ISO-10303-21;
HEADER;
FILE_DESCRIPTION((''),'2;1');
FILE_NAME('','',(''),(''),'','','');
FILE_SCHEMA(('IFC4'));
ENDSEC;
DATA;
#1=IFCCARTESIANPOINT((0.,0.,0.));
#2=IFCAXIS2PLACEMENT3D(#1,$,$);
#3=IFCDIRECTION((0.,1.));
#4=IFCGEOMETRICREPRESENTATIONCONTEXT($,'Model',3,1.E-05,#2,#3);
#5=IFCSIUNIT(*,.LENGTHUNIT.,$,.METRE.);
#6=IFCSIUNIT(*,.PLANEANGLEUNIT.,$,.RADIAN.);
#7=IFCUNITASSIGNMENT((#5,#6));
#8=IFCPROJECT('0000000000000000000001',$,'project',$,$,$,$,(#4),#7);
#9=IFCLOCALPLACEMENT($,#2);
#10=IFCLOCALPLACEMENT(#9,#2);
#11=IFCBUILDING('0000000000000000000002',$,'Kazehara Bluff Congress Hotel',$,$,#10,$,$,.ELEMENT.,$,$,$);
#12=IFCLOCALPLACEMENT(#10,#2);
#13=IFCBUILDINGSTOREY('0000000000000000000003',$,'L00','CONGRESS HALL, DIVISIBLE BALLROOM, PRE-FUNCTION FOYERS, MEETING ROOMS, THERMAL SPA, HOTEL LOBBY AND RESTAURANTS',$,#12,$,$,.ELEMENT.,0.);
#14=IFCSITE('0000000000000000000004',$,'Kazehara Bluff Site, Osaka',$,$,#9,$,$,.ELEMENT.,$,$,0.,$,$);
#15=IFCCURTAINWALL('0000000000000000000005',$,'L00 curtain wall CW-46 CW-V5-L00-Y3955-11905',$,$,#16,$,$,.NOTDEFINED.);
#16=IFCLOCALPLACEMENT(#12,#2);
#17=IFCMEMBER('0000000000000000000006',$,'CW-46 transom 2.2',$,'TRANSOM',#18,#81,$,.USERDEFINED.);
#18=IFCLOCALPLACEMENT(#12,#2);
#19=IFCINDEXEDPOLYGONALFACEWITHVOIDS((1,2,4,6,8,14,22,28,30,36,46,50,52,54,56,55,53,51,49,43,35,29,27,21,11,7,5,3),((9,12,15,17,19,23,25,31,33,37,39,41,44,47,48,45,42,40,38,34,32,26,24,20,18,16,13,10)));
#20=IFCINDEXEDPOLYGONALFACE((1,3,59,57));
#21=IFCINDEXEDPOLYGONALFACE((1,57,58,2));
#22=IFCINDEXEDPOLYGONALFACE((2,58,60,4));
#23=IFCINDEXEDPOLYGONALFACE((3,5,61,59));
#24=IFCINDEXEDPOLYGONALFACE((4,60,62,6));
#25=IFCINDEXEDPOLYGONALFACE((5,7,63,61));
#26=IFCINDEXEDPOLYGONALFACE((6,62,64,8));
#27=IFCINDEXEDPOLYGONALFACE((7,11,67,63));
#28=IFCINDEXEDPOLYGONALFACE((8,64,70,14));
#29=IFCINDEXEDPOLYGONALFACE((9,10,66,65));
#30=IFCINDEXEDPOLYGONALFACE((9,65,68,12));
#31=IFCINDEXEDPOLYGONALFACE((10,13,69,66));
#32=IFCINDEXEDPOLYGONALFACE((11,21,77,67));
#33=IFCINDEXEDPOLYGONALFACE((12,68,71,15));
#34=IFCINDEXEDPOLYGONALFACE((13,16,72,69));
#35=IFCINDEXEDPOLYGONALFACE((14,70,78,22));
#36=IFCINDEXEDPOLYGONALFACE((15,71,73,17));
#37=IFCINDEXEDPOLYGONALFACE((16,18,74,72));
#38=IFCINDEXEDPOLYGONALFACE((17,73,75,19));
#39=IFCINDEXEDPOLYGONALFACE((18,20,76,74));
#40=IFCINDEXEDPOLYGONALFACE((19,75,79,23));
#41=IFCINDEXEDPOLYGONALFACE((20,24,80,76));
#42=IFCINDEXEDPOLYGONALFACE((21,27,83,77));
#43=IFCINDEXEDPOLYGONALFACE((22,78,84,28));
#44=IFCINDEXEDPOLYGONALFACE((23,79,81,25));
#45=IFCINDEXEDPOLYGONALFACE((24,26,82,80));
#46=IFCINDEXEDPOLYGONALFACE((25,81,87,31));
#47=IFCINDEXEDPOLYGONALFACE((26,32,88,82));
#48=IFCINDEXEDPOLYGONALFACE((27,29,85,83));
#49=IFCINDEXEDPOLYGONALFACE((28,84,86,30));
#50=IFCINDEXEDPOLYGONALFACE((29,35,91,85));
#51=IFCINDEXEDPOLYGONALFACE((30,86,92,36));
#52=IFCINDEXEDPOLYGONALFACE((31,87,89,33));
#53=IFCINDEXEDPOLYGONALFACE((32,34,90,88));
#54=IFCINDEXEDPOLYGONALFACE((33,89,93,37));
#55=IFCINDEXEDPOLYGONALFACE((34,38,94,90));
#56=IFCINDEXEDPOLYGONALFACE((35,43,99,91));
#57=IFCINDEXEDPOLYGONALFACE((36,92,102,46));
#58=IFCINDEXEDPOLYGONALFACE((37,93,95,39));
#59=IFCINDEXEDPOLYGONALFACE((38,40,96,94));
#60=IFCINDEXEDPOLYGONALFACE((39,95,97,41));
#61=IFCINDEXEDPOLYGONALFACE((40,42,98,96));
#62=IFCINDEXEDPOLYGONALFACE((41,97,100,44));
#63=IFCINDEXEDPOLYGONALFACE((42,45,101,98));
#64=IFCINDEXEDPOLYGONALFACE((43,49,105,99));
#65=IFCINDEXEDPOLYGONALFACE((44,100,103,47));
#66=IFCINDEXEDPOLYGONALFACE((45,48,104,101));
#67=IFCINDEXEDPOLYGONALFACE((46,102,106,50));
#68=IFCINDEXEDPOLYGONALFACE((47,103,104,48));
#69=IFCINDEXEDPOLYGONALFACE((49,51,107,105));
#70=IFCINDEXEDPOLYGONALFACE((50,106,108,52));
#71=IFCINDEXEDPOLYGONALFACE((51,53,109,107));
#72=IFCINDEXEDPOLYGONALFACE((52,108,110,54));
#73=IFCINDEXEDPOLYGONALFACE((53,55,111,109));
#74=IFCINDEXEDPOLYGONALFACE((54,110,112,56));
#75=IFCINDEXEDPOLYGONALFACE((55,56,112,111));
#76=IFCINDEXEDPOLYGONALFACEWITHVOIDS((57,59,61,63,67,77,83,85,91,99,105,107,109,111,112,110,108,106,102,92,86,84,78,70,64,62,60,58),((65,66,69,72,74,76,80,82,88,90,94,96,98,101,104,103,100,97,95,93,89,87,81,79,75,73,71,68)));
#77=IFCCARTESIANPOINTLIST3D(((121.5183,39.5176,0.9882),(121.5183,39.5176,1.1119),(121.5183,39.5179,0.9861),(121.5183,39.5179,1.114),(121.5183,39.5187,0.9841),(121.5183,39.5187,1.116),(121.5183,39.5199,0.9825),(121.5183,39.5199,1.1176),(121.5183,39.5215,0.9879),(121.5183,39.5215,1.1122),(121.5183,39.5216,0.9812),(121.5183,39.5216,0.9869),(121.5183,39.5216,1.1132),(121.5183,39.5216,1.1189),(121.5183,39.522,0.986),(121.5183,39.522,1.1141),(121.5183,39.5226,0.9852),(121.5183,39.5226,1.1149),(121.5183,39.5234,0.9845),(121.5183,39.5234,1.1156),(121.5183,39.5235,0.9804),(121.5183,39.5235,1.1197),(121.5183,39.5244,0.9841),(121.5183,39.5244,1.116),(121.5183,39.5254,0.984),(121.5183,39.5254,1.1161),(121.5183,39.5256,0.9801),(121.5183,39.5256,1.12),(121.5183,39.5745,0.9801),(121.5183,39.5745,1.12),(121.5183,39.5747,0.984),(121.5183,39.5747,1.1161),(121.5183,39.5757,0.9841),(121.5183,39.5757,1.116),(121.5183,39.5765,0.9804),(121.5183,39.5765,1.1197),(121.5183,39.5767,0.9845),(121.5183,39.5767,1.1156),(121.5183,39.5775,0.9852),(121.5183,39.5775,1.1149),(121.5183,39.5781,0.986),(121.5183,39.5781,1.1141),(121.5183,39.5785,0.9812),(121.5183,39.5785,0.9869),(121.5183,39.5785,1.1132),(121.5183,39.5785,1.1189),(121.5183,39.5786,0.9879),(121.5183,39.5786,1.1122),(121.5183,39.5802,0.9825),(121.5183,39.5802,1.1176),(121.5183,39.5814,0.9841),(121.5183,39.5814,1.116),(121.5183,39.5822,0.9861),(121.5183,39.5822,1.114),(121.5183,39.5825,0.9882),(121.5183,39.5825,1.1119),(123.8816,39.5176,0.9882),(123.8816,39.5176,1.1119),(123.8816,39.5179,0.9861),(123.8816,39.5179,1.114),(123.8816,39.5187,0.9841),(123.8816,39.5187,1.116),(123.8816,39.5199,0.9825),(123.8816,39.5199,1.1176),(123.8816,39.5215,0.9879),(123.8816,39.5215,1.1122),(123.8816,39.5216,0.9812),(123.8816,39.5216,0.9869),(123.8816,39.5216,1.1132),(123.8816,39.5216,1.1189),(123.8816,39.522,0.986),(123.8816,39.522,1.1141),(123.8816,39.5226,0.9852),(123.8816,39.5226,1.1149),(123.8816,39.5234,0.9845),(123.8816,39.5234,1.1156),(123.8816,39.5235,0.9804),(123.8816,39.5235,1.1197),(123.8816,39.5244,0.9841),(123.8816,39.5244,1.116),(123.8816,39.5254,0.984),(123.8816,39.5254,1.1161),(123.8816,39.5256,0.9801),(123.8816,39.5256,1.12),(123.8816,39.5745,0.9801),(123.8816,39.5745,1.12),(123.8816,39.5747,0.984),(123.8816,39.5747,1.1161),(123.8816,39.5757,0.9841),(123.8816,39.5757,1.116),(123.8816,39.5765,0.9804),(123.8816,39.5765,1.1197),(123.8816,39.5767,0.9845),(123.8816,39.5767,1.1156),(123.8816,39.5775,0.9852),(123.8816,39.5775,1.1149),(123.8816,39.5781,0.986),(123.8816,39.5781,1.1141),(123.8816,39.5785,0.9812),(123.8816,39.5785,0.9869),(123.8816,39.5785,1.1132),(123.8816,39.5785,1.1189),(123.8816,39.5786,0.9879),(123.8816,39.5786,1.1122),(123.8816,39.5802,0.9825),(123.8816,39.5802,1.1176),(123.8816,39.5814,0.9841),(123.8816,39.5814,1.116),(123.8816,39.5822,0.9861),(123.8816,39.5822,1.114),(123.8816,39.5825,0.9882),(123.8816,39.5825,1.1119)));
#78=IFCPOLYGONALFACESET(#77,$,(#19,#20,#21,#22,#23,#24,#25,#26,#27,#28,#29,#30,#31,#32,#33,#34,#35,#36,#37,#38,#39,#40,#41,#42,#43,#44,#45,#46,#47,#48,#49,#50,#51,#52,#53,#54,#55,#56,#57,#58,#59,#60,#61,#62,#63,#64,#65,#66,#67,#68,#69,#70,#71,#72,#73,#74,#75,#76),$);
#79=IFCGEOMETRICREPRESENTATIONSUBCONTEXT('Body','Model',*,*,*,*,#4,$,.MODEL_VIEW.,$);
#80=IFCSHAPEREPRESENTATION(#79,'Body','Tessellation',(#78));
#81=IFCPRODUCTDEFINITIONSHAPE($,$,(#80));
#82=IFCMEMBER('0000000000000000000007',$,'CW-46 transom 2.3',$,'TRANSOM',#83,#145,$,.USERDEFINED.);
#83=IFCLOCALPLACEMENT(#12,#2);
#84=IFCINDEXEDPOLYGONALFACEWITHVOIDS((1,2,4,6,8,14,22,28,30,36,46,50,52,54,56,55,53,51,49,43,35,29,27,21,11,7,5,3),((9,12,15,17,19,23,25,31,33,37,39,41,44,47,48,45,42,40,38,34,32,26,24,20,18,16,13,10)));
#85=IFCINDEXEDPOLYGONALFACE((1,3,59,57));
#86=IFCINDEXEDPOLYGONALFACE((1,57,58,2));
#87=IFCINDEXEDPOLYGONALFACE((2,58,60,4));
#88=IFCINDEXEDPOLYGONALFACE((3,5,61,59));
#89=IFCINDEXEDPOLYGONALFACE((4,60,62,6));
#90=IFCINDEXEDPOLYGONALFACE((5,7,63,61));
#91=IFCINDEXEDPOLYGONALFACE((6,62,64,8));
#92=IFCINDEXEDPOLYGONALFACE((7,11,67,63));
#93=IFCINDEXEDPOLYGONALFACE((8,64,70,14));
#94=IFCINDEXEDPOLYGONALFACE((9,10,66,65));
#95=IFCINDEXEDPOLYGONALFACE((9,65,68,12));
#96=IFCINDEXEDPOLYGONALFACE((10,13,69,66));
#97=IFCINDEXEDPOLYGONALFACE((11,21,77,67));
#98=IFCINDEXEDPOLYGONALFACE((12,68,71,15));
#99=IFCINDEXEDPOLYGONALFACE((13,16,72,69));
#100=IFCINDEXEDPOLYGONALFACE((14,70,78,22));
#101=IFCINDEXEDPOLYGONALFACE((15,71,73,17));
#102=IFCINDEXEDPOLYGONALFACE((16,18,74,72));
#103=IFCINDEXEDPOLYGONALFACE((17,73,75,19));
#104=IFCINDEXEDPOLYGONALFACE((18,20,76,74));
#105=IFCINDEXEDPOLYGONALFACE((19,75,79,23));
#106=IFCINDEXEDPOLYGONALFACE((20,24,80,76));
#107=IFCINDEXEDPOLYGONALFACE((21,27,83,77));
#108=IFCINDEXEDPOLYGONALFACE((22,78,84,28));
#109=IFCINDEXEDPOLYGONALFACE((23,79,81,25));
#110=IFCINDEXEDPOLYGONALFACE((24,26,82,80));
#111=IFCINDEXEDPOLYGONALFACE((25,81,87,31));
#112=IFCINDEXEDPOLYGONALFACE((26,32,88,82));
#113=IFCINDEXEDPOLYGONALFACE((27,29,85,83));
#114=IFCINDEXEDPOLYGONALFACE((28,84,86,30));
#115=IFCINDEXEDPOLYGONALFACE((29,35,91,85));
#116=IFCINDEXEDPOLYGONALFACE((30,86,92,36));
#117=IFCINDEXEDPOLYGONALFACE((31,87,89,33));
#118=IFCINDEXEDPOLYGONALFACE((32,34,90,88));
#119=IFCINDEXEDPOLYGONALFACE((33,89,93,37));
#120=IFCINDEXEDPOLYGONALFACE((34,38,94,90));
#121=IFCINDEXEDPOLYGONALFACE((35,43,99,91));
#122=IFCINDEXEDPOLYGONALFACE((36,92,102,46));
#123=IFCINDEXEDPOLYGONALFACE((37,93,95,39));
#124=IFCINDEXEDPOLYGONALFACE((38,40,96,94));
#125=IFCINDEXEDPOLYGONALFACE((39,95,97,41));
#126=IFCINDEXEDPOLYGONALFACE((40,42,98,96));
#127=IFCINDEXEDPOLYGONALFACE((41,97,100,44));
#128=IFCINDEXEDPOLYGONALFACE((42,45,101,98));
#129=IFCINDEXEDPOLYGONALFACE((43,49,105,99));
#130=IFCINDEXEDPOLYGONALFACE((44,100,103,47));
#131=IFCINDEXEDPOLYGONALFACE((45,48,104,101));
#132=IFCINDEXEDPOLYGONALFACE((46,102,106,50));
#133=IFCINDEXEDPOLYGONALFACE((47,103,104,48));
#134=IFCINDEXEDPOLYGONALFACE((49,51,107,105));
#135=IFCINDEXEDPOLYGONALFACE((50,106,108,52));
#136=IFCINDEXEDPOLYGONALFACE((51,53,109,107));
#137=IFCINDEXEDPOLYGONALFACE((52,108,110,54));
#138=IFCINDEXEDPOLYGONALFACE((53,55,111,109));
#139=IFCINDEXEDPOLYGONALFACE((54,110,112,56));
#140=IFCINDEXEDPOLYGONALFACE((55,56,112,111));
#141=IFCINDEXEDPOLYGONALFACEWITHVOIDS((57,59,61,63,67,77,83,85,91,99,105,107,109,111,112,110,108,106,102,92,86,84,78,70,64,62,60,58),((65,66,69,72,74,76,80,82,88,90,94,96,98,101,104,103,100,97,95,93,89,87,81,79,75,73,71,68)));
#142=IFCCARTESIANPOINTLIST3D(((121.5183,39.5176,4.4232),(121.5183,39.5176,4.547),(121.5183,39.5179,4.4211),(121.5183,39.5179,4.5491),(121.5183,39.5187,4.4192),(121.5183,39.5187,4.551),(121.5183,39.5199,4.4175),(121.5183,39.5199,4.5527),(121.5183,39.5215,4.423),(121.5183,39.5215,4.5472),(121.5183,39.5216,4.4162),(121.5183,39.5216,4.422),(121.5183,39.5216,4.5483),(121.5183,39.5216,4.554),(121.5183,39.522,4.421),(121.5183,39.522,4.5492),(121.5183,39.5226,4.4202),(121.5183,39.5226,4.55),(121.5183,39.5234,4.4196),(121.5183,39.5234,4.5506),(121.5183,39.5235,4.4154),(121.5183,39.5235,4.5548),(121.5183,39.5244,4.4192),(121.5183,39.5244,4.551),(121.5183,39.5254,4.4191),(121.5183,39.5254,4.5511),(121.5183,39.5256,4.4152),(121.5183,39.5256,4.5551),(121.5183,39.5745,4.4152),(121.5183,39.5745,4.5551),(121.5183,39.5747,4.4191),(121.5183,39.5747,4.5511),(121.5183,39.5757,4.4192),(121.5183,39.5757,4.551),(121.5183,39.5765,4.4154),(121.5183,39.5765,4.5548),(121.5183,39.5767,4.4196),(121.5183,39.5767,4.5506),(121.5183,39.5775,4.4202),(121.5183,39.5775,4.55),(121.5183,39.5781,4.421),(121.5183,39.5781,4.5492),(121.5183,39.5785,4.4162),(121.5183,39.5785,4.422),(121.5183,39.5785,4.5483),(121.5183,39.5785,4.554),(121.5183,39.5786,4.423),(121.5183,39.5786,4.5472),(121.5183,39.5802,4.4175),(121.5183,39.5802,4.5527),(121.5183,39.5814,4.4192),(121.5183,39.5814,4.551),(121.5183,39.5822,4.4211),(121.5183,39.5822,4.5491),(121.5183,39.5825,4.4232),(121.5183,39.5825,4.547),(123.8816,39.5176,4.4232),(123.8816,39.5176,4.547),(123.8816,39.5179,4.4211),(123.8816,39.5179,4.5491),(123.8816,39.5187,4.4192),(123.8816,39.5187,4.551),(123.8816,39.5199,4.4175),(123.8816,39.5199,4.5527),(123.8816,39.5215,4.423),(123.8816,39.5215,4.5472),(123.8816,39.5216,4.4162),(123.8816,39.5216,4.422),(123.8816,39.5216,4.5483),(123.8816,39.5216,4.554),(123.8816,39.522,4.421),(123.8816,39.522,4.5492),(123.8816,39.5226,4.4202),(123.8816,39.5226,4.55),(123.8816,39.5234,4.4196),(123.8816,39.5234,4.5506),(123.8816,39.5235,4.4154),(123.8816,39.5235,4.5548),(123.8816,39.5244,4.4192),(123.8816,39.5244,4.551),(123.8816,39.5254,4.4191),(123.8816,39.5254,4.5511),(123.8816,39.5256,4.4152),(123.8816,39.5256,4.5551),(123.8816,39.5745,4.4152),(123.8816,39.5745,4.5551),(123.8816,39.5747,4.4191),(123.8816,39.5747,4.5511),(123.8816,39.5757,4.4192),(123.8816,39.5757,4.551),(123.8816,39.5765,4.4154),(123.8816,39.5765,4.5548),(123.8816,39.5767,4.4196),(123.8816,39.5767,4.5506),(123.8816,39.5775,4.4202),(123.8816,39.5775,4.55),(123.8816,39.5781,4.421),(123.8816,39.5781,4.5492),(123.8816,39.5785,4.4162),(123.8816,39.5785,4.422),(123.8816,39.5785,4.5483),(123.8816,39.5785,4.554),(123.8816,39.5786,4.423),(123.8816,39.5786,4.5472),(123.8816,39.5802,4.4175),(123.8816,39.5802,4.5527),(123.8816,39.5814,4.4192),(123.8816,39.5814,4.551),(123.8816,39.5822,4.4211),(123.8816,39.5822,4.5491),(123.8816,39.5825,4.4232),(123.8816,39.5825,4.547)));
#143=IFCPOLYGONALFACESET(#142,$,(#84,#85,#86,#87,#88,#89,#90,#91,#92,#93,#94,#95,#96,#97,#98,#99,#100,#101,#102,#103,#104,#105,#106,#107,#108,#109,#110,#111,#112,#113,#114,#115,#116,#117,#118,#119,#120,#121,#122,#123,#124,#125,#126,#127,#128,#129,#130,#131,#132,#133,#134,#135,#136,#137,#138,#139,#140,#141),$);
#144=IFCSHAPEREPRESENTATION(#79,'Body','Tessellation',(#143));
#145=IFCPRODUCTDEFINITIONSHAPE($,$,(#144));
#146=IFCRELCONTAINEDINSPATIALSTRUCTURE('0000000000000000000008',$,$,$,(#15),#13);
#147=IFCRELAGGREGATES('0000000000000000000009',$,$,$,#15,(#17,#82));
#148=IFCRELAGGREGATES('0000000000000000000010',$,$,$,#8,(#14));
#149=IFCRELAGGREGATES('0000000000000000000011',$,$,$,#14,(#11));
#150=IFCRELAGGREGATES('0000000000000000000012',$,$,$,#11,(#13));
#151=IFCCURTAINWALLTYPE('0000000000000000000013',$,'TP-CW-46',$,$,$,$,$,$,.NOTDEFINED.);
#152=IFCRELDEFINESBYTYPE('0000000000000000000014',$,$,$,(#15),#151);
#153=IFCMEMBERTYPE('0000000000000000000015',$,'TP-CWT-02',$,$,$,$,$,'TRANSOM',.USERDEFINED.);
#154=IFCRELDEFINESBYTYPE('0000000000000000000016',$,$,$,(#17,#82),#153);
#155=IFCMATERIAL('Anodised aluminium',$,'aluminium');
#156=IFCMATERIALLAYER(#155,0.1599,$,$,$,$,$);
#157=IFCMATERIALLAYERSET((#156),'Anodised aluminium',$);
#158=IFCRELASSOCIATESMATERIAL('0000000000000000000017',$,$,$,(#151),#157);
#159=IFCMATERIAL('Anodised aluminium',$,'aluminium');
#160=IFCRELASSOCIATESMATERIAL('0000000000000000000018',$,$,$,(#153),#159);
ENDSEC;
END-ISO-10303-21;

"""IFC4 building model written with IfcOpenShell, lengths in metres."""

from ifc_helpers import new_model, si_unit, direction, frame, origin, origin_2d, place, context, subcontext, project, spatial, hollow_rectangle, extrude, material, layer, layer_set, material_profile, profile_set, type_object, element, aggregate, save


model = new_model("IFC4")

# Units and contexts
model_context = context("Model", 3, precision=1e-05, world=origin(), true_north=direction((0.0, 1.0)))
body_context = subcontext(model_context, "Body", "Model", "MODEL_VIEW")
ifc_project = project(units=[si_unit("LENGTHUNIT", "METRE"), si_unit("PLANEANGLEUNIT", "RADIAN")], contexts=[model_context])

# Site, building, storey
site_placement = place(None, origin())
site = spatial("IfcSite", under=ifc_project, at=site_placement, Name="Kazehara Bluff Site, Osaka", CompositionType="ELEMENT", RefElevation=0.0)
building_placement = place(site_placement, origin())
building = spatial("IfcBuilding", under=site, at=building_placement, Name="Kazehara Bluff Congress Hotel", CompositionType="ELEMENT")
storey_placement = place(building_placement, origin())
storey = spatial("IfcBuildingStorey", under=building, at=storey_placement, Name="L00", Description="CONGRESS HALL, DIVISIBLE BALLROOM, PRE-FUNCTION FOYERS, MEETING ROOMS, THERMAL SPA, HOTEL LOBBY AND RESTAURANTS", CompositionType="ELEMENT", Elevation=0.0)

# Curtain wall, members
ifc_material_1 = material(Name="Anodised aluminium", Category="aluminium")
ifc_layer_1 = layer(ifc_material_1, 0.1599)
ifc_layer_set_1 = layer_set([ifc_layer_1], Name="Anodised aluminium")
curtain_wall_type = type_object("IfcCurtainWallType", Name="TP-CW-46", PredefinedType="NOTDEFINED", material=ifc_layer_set_1)
curtain_wall_placement = place(storey_placement, origin())
curtain_wall = element("IfcCurtainWall", 1, at=curtain_wall_placement, inside=storey, type_object=curtain_wall_type, Name="L00 curtain wall CW-46 CW-V5-L00-Y3955-11905", PredefinedType="NOTDEFINED")
ifc_material_2 = material(Name="Anodised aluminium", Category="aluminium")
ifc_material_profile_1 = material_profile(ifc_material_2, hollow_rectangle(XDim=0.0649, YDim=0.1399, WallThickness=0.0039, InnerFilletRadius=0.0039, OuterFilletRadius=0.0081, at=origin_2d()))
ifc_profile_set_1 = profile_set([ifc_material_profile_1], Name="Anodised aluminium")
member_type_1 = type_object("IfcMemberType", Name="TP-CWT-02", ElementType="TRANSOM", PredefinedType="USERDEFINED", material=ifc_profile_set_1)
member_1_placement = place(storey_placement, frame((121.5183, 39.55, 1.05), z_axis=(1.0, 0.0, 0.0), x_axis=(0.0, 1.0, 0.0)))
member_1 = element("IfcMember", 2, at=member_1_placement, type_object=member_type_1, Name="CW-46 transom 2.2", ObjectType="TRANSOM", PredefinedType="USERDEFINED", context=body_context, shape_type="SweptSolid", body=[
    extrude(hollow_rectangle(XDim=0.0649, YDim=0.1399, WallThickness=0.0039, InnerFilletRadius=0.0039, OuterFilletRadius=0.0081, at=origin_2d()), origin(), (0.0, 0.0, 1.0), 2.3633),
])
member_2_placement = place(storey_placement, frame((121.5183, 39.55, 4.4851), z_axis=(1.0, 0.0, 0.0), x_axis=(0.0, 1.0, 0.0)))
member_2 = element("IfcMember", 3, at=member_2_placement, type_object=member_type_1, Name="CW-46 transom 2.3", ObjectType="TRANSOM", PredefinedType="USERDEFINED", context=body_context, shape_type="SweptSolid", body=[
    extrude(hollow_rectangle(XDim=0.0649, YDim=0.1399, WallThickness=0.0039, InnerFilletRadius=0.0039, OuterFilletRadius=0.0081, at=origin_2d()), origin(), (0.0, 0.0, 1.0), 2.3633),
])

aggregate(curtain_wall, [member_1, member_2])

save(model, "model.ifc")
